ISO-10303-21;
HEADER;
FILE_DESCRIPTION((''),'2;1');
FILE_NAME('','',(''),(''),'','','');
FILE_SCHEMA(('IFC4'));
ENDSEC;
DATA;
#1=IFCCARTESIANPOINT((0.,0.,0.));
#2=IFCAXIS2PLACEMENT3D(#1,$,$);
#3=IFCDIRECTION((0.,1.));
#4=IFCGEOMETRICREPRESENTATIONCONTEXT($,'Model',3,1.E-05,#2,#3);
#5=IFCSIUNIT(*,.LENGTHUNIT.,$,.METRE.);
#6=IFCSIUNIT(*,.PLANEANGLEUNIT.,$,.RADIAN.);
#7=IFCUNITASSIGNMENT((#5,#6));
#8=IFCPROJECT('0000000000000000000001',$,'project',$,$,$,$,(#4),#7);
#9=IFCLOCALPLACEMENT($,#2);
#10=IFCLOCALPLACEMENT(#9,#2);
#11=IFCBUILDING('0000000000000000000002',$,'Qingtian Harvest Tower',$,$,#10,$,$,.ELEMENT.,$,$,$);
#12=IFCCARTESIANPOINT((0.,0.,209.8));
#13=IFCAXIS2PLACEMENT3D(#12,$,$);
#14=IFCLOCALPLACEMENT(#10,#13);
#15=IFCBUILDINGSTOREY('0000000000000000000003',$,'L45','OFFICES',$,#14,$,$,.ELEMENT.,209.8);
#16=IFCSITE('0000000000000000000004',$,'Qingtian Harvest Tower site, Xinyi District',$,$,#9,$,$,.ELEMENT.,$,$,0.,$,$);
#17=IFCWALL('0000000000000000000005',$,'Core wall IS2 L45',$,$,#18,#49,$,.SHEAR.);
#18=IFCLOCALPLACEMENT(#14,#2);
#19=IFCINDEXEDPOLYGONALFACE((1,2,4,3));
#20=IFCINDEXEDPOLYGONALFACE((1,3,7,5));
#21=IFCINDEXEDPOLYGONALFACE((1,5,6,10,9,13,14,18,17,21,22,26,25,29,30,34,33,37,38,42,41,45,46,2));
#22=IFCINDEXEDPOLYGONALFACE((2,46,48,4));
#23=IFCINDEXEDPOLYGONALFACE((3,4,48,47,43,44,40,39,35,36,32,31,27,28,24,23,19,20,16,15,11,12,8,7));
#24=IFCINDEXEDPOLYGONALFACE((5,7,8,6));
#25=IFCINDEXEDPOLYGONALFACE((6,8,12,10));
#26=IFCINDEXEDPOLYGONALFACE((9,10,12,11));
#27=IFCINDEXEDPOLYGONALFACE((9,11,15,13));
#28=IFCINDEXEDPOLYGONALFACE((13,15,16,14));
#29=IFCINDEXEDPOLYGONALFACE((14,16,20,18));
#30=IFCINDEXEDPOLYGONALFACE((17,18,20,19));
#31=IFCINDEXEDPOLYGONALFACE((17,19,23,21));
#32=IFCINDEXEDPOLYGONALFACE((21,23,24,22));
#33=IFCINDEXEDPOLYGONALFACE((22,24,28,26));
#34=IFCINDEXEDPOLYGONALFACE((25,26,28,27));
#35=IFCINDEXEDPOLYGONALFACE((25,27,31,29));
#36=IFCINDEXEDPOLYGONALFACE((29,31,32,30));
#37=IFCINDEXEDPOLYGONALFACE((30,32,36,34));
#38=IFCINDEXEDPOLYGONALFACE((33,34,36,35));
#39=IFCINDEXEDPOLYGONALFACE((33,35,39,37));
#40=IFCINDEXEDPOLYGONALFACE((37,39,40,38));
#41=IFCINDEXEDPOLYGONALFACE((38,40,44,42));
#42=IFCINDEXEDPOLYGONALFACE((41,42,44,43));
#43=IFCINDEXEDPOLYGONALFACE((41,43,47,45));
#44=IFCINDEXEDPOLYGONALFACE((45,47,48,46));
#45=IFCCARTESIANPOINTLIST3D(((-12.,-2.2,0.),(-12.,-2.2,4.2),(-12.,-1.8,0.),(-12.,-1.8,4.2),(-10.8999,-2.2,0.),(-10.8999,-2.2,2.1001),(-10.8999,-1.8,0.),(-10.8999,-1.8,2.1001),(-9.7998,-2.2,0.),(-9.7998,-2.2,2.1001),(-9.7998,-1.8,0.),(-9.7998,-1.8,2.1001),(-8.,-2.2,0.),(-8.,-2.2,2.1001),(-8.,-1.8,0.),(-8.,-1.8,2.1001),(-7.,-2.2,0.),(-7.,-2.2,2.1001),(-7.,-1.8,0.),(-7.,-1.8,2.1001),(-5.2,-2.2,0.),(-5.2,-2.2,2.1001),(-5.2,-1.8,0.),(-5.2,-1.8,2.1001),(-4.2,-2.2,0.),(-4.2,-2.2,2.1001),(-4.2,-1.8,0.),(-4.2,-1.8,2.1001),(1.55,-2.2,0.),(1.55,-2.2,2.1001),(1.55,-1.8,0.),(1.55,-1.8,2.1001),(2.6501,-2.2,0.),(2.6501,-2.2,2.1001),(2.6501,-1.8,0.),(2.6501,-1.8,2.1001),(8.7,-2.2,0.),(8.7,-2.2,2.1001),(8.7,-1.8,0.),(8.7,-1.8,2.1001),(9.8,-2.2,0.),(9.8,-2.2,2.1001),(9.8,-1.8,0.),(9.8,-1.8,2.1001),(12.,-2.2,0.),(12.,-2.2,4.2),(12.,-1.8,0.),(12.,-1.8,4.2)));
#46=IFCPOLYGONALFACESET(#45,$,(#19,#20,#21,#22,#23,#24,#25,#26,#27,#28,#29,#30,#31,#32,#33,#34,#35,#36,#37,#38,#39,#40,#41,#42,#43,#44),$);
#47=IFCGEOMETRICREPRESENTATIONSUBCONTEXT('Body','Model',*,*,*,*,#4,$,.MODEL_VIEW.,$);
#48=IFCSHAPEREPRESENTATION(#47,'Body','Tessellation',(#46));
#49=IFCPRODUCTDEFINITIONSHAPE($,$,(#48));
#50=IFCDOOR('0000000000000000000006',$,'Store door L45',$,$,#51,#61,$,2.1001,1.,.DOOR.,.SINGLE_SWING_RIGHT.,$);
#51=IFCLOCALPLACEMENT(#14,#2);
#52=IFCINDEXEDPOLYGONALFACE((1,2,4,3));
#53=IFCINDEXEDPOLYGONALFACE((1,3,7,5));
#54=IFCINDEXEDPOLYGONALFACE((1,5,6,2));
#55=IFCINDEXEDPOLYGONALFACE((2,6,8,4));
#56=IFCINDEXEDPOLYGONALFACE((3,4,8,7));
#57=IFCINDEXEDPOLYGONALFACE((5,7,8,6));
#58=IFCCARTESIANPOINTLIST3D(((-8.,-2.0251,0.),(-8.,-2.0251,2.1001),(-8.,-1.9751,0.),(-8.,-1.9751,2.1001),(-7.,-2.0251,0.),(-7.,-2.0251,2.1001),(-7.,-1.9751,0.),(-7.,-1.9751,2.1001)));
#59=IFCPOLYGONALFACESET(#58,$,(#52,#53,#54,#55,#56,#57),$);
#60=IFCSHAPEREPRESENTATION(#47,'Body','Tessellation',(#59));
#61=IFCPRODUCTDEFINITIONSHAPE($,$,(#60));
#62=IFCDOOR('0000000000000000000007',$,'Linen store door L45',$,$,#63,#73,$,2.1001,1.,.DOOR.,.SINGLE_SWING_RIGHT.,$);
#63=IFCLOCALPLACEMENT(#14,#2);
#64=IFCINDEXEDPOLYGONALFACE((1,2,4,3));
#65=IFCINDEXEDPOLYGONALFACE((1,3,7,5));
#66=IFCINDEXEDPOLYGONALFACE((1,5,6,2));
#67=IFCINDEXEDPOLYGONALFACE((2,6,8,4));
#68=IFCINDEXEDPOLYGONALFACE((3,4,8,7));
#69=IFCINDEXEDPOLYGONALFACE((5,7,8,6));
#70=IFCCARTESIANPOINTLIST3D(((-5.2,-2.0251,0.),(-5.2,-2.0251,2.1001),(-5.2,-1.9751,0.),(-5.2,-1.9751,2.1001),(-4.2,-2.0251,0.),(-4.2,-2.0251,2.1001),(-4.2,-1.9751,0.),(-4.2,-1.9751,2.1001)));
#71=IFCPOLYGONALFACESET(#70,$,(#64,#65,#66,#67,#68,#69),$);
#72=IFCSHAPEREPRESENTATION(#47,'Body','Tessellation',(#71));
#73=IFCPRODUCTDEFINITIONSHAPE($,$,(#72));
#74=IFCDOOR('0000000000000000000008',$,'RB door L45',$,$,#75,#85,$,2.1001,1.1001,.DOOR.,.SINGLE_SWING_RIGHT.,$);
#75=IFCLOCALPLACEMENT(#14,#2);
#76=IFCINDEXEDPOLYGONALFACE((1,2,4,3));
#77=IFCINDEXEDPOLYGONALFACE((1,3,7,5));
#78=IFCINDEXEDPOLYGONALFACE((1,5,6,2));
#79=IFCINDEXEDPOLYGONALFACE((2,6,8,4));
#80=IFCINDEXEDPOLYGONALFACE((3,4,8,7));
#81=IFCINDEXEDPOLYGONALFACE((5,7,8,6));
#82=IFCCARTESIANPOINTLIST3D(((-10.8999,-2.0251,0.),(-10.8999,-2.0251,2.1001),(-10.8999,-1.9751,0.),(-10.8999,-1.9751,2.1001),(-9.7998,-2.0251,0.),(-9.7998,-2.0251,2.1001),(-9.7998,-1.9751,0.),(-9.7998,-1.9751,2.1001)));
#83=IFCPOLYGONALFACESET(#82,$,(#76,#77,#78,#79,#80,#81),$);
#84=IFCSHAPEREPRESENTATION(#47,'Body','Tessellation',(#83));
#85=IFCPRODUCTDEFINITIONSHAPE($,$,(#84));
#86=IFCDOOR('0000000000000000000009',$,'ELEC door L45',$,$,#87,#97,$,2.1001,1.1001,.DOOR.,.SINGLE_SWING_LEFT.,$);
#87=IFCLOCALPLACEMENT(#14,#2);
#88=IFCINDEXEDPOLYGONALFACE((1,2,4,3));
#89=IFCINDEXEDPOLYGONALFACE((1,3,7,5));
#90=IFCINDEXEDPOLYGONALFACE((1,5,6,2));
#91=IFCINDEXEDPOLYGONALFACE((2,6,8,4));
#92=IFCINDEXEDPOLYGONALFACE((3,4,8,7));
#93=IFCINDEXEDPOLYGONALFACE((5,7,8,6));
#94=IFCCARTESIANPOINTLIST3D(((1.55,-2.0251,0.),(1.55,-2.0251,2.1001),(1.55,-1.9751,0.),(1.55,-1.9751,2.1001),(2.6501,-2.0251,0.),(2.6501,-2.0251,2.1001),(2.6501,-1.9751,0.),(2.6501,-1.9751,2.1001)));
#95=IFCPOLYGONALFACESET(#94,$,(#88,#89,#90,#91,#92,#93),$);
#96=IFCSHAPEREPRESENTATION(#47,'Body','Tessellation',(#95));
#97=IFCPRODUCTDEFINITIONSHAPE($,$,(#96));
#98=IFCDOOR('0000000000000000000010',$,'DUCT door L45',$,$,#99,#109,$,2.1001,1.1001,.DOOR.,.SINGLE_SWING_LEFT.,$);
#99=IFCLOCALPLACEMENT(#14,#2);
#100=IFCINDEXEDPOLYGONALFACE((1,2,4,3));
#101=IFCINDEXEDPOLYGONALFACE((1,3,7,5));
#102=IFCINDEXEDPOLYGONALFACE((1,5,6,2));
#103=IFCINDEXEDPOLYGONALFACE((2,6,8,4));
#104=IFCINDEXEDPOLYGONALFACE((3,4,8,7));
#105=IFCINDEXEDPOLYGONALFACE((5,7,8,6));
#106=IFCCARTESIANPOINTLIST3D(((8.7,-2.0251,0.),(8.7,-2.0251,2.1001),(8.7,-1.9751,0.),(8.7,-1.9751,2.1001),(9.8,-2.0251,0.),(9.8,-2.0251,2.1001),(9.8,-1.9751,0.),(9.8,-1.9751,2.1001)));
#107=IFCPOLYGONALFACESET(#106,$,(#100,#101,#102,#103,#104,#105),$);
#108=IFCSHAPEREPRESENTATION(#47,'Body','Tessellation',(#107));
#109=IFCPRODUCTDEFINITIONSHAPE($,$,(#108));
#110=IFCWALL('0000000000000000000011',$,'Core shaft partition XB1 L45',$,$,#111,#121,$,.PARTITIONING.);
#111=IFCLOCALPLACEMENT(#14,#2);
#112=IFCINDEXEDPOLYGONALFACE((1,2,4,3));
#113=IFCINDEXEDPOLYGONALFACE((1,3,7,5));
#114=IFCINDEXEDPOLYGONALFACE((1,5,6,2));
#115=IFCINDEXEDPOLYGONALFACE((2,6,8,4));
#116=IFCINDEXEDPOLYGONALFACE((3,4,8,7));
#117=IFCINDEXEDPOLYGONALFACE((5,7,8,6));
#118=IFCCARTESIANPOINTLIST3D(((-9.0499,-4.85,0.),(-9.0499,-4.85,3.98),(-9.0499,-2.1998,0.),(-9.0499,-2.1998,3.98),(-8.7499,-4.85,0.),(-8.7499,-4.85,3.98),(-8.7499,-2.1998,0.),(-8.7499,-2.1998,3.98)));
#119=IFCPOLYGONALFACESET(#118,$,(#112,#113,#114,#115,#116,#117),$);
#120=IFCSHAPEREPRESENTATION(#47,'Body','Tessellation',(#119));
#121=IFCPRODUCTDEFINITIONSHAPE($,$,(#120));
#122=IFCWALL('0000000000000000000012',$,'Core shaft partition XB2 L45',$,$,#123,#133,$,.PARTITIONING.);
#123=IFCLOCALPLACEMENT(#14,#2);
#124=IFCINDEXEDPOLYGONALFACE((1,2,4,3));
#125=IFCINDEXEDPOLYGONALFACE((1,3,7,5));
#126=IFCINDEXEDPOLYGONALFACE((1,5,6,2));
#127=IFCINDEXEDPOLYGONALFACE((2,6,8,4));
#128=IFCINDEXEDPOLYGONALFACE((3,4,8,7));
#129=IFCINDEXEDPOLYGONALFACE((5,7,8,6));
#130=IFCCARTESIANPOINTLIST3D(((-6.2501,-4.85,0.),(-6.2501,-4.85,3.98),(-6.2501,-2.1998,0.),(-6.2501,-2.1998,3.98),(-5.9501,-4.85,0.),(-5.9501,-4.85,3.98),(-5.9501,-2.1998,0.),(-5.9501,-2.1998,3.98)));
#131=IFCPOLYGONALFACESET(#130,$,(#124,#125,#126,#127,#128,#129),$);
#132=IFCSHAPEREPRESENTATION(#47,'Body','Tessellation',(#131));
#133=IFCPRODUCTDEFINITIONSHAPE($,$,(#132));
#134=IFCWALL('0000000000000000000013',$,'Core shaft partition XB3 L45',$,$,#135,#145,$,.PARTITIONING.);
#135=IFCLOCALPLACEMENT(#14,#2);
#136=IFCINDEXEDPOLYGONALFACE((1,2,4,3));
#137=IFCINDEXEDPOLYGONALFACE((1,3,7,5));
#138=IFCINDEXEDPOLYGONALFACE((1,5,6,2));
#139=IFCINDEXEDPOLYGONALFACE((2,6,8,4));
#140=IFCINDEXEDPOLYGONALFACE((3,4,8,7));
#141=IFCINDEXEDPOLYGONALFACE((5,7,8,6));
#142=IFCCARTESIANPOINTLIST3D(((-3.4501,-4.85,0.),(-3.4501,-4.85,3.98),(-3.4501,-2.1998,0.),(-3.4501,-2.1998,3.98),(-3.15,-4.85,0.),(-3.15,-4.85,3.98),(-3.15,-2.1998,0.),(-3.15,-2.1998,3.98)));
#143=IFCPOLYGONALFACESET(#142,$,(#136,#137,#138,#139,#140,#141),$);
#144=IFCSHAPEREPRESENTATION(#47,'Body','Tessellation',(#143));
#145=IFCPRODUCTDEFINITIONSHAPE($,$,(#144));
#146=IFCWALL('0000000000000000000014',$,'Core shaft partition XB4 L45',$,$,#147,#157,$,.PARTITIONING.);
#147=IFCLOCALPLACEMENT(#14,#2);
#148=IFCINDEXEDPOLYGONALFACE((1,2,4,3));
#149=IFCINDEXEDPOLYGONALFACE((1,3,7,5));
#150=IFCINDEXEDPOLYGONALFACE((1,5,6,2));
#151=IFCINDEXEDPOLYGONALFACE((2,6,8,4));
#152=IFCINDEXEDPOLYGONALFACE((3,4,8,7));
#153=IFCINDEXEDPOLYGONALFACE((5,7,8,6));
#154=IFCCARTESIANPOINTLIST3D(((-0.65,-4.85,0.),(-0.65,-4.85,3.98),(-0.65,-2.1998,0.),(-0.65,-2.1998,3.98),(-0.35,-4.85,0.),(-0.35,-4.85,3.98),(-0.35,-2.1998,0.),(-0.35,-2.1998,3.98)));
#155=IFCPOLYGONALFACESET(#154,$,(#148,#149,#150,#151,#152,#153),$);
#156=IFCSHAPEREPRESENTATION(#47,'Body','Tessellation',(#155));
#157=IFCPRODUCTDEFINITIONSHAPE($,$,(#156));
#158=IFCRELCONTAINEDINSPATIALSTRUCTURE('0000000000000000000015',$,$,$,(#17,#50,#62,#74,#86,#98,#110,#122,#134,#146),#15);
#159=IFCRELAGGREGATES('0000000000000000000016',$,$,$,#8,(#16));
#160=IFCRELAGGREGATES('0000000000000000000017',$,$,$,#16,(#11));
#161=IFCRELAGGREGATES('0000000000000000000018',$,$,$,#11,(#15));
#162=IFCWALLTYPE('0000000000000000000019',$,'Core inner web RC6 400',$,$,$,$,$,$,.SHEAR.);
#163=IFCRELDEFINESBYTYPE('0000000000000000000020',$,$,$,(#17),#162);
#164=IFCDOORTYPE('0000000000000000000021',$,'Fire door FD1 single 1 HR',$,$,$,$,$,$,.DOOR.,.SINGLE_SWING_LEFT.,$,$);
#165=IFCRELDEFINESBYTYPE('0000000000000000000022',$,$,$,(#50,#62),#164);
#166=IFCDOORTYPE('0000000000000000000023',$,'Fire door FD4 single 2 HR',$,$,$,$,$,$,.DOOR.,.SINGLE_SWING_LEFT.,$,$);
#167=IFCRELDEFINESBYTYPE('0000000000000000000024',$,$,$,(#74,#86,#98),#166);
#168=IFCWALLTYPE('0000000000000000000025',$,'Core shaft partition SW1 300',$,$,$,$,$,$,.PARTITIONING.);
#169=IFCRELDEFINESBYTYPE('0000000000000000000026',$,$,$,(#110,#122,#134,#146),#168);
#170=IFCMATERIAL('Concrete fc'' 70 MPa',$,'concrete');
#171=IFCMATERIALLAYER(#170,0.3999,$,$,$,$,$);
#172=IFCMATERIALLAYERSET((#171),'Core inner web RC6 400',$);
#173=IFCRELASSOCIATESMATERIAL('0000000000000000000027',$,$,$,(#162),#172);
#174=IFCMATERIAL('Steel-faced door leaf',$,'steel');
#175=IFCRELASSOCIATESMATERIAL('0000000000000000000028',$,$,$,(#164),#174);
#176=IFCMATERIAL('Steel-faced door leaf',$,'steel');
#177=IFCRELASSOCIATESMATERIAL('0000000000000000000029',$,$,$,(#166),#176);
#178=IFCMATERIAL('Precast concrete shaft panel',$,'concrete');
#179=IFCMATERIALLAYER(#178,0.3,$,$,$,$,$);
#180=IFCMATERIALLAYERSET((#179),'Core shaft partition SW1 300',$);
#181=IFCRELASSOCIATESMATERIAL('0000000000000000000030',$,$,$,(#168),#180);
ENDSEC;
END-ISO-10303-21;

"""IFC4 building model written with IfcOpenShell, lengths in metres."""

from ifc_helpers import new_model, si_unit, direction, frame, frame_2d, origin, place, context, subcontext, project, spatial, rectangle, extrude, material, layer, layer_set, type_object, element, fill, save


model = new_model("IFC4")

# Units and contexts
model_context = context("Model", 3, precision=1e-05, world=origin(), true_north=direction((0.0, 1.0)))
body_context = subcontext(model_context, "Body", "Model", "MODEL_VIEW")
ifc_project = project(units=[si_unit("LENGTHUNIT", "METRE"), si_unit("PLANEANGLEUNIT", "RADIAN")], contexts=[model_context])

# Site, building, storey
site_placement = place(None, origin())
site = spatial("IfcSite", under=ifc_project, at=site_placement, Name="Qingtian Harvest Tower site, Xinyi District", CompositionType="ELEMENT", RefElevation=0.0)
building_placement = place(site_placement, origin())
building = spatial("IfcBuilding", under=site, at=building_placement, Name="Qingtian Harvest Tower", CompositionType="ELEMENT")
storey_placement = place(building_placement, frame((0.0, 0.0, 209.8)))
storey = spatial("IfcBuildingStorey", under=building, at=storey_placement, Name="L45", Description="OFFICES", CompositionType="ELEMENT", Elevation=209.8)

# Wall, openings, doors
ifc_material_1 = material(Name="Concrete fc' 70 MPa", Category="concrete")
ifc_layer_1 = layer(ifc_material_1, 0.3999)
ifc_layer_set_1 = layer_set([ifc_layer_1], Name="Core inner web RC6 400")
wall_type_1 = type_object("IfcWallType", Name="Core inner web RC6 400", PredefinedType="SHEAR", material=ifc_layer_set_1)
wall_1_placement = place(storey_placement, frame((-12.0, -2.0, 0.0), z_axis=(0.0, 0.0, 1.0), x_axis=(1.0, 0.0, 0.0)))
wall_1 = element("IfcWall", 1, at=wall_1_placement, inside=storey, type_object=wall_type_1, Name="Core wall IS2 L45", PredefinedType="SHEAR", context=body_context, shape_type="SweptSolid", body=[
    extrude(rectangle(XDim=24.0, YDim=0.3999, at=frame_2d((12.0, 0.0))), origin(), (0.0, 0.0, 1.0), 4.2),
])
opening_1_placement = place(wall_1_placement, frame((1.1001, 0.0, 0.0)))
opening_1 = element("IfcOpeningElement", 2, at=opening_1_placement, cuts=wall_1, PredefinedType="OPENING", context=body_context, shape_type="SweptSolid", body=[
    extrude(rectangle(XDim=1.1001, YDim=2.1001, at=frame_2d((0.55, 1.05))), frame((0.0, 0.21, 0.0), z_axis=(0.0, -1.0, 0.0), x_axis=(1.0, 0.0, 0.0)), (0.0, 0.0, 1.0), 0.4199),
])
opening_2_placement = place(wall_1_placement, frame((13.55, 0.0, 0.0)))
opening_2 = element("IfcOpeningElement", 3, at=opening_2_placement, cuts=wall_1, PredefinedType="OPENING", context=body_context, shape_type="SweptSolid", body=[
    extrude(rectangle(XDim=1.1001, YDim=2.1001, at=frame_2d((0.55, 1.05))), frame((0.0, 0.21, 0.0), z_axis=(0.0, -1.0, 0.0), x_axis=(1.0, 0.0, 0.0)), (0.0, 0.0, 1.0), 0.4199),
])
opening_3_placement = place(wall_1_placement, frame((20.7, 0.0, 0.0)))
opening_3 = element("IfcOpeningElement", 4, at=opening_3_placement, cuts=wall_1, PredefinedType="OPENING", context=body_context, shape_type="SweptSolid", body=[
    extrude(rectangle(XDim=1.1001, YDim=2.1001, at=frame_2d((0.55, 1.05))), frame((0.0, 0.21, 0.0), z_axis=(0.0, -1.0, 0.0), x_axis=(1.0, 0.0, 0.0)), (0.0, 0.0, 1.0), 0.4199),
])
opening_4_placement = place(wall_1_placement, frame((4.0, 0.0, 0.0)))
opening_4 = element("IfcOpeningElement", 5, at=opening_4_placement, cuts=wall_1, PredefinedType="OPENING", context=body_context, shape_type="SweptSolid", body=[
    extrude(rectangle(XDim=1.0, YDim=2.1001, at=frame_2d((0.5, 1.05))), frame((0.0, 0.21, 0.0), z_axis=(0.0, -1.0, 0.0), x_axis=(1.0, 0.0, 0.0)), (0.0, 0.0, 1.0), 0.4199),
])
opening_5_placement = place(wall_1_placement, frame((6.8, 0.0, 0.0)))
opening_5 = element("IfcOpeningElement", 6, at=opening_5_placement, cuts=wall_1, PredefinedType="OPENING", context=body_context, shape_type="SweptSolid", body=[
    extrude(rectangle(XDim=1.0, YDim=2.1001, at=frame_2d((0.5, 1.05))), frame((0.0, 0.21, 0.0), z_axis=(0.0, -1.0, 0.0), x_axis=(1.0, 0.0, 0.0)), (0.0, 0.0, 1.0), 0.4199),
])
ifc_material_2 = material(Name="Steel-faced door leaf", Category="steel")
door_type_1 = type_object("IfcDoorType", Name="Fire door FD1 single 1 HR", OperationType="SINGLE_SWING_LEFT", PredefinedType="DOOR", material=ifc_material_2)
door_1_placement = place(opening_4_placement, origin())
door_1 = element("IfcDoor", 7, at=door_1_placement, inside=storey, type_object=door_type_1, Name="Store door L45", OperationType="SINGLE_SWING_RIGHT", OverallHeight=2.1001, OverallWidth=1.0, PredefinedType="DOOR", context=body_context, shape_type="SweptSolid", body=[
    extrude(rectangle(XDim=1.0, YDim=2.1001, at=frame_2d((0.5, 1.05))), frame((0.0, 0.0249, 0.0), z_axis=(0.0, -1.0, 0.0), x_axis=(1.0, 0.0, 0.0)), (0.0, 0.0, 1.0), 0.05),
])
fill(opening_4, door_1)
door_2_placement = place(opening_5_placement, origin())
door_2 = element("IfcDoor", 8, at=door_2_placement, inside=storey, type_object=door_type_1, Name="Linen store door L45", OperationType="SINGLE_SWING_RIGHT", OverallHeight=2.1001, OverallWidth=1.0, PredefinedType="DOOR", context=body_context, shape_type="SweptSolid", body=[
    extrude(rectangle(XDim=1.0, YDim=2.1001, at=frame_2d((0.5, 1.05))), frame((0.0, 0.0249, 0.0), z_axis=(0.0, -1.0, 0.0), x_axis=(1.0, 0.0, 0.0)), (0.0, 0.0, 1.0), 0.05),
])
fill(opening_5, door_2)
ifc_material_3 = material(Name="Steel-faced door leaf", Category="steel")
door_type_2 = type_object("IfcDoorType", Name="Fire door FD4 single 2 HR", OperationType="SINGLE_SWING_LEFT", PredefinedType="DOOR", material=ifc_material_3)
door_3_placement = place(opening_1_placement, origin())
door_3 = element("IfcDoor", 9, at=door_3_placement, inside=storey, type_object=door_type_2, Name="RB door L45", OperationType="SINGLE_SWING_RIGHT", OverallHeight=2.1001, OverallWidth=1.1001, PredefinedType="DOOR", context=body_context, shape_type="SweptSolid", body=[
    extrude(rectangle(XDim=1.1001, YDim=2.1001, at=frame_2d((0.55, 1.05))), frame((0.0, 0.0249, 0.0), z_axis=(0.0, -1.0, 0.0), x_axis=(1.0, 0.0, 0.0)), (0.0, 0.0, 1.0), 0.05),
])
fill(opening_1, door_3)
door_4_placement = place(opening_2_placement, origin())
door_4 = element("IfcDoor", 10, at=door_4_placement, inside=storey, type_object=door_type_2, Name="ELEC door L45", OperationType="SINGLE_SWING_LEFT", OverallHeight=2.1001, OverallWidth=1.1001, PredefinedType="DOOR", context=body_context, shape_type="SweptSolid", body=[
    extrude(rectangle(XDim=1.1001, YDim=2.1001, at=frame_2d((0.55, 1.05))), frame((0.0, 0.0249, 0.0), z_axis=(0.0, -1.0, 0.0), x_axis=(1.0, 0.0, 0.0)), (0.0, 0.0, 1.0), 0.05),
])
fill(opening_2, door_4)
door_5_placement = place(opening_3_placement, origin())
door_5 = element("IfcDoor", 11, at=door_5_placement, inside=storey, type_object=door_type_2, Name="DUCT door L45", OperationType="SINGLE_SWING_LEFT", OverallHeight=2.1001, OverallWidth=1.1001, PredefinedType="DOOR", context=body_context, shape_type="SweptSolid", body=[
    extrude(rectangle(XDim=1.1001, YDim=2.1001, at=frame_2d((0.55, 1.05))), frame((0.0, 0.0249, 0.0), z_axis=(0.0, -1.0, 0.0), x_axis=(1.0, 0.0, 0.0)), (0.0, 0.0, 1.0), 0.05),
])
fill(opening_3, door_5)

# Walls
ifc_material_4 = material(Name="Precast concrete shaft panel", Category="concrete")
ifc_layer_2 = layer(ifc_material_4, 0.3)
ifc_layer_set_2 = layer_set([ifc_layer_2], Name="Core shaft partition SW1 300")
wall_type_2 = type_object("IfcWallType", Name="Core shaft partition SW1 300", PredefinedType="PARTITIONING", material=ifc_layer_set_2)
for number, where, z_axis, x_axis, name in (
    (12, (-8.8999, -4.8501, 0.0), (0.0, 0.0, 1.0), (0.0, 1.0, 0.0), "Core shaft partition XB1 L45"),
    (13, (-6.1001, -4.8501, 0.0), (0.0, 0.0, 1.0), (0.0, 1.0, 0.0), "Core shaft partition XB2 L45"),
    (14, (-3.3, -4.8501, 0.0), (0.0, 0.0, 1.0), (0.0, 1.0, 0.0), "Core shaft partition XB3 L45"),
    (15, (-0.5, -4.8501, 0.0), (0.0, 0.0, 1.0), (0.0, 1.0, 0.0), "Core shaft partition XB4 L45"),
):
    element("IfcWall", number, at=place(storey_placement, frame(where, z_axis=z_axis, x_axis=x_axis)), inside=storey, type_object=wall_type_2, Name=name, PredefinedType="PARTITIONING", context=body_context, shape_type="SweptSolid", body=[
        extrude(rectangle(XDim=2.6501, YDim=0.3, at=frame_2d((1.3252, 0.0))), origin(), (0.0, 0.0, 1.0), 3.98),
    ])

save(model, "model.ifc")
